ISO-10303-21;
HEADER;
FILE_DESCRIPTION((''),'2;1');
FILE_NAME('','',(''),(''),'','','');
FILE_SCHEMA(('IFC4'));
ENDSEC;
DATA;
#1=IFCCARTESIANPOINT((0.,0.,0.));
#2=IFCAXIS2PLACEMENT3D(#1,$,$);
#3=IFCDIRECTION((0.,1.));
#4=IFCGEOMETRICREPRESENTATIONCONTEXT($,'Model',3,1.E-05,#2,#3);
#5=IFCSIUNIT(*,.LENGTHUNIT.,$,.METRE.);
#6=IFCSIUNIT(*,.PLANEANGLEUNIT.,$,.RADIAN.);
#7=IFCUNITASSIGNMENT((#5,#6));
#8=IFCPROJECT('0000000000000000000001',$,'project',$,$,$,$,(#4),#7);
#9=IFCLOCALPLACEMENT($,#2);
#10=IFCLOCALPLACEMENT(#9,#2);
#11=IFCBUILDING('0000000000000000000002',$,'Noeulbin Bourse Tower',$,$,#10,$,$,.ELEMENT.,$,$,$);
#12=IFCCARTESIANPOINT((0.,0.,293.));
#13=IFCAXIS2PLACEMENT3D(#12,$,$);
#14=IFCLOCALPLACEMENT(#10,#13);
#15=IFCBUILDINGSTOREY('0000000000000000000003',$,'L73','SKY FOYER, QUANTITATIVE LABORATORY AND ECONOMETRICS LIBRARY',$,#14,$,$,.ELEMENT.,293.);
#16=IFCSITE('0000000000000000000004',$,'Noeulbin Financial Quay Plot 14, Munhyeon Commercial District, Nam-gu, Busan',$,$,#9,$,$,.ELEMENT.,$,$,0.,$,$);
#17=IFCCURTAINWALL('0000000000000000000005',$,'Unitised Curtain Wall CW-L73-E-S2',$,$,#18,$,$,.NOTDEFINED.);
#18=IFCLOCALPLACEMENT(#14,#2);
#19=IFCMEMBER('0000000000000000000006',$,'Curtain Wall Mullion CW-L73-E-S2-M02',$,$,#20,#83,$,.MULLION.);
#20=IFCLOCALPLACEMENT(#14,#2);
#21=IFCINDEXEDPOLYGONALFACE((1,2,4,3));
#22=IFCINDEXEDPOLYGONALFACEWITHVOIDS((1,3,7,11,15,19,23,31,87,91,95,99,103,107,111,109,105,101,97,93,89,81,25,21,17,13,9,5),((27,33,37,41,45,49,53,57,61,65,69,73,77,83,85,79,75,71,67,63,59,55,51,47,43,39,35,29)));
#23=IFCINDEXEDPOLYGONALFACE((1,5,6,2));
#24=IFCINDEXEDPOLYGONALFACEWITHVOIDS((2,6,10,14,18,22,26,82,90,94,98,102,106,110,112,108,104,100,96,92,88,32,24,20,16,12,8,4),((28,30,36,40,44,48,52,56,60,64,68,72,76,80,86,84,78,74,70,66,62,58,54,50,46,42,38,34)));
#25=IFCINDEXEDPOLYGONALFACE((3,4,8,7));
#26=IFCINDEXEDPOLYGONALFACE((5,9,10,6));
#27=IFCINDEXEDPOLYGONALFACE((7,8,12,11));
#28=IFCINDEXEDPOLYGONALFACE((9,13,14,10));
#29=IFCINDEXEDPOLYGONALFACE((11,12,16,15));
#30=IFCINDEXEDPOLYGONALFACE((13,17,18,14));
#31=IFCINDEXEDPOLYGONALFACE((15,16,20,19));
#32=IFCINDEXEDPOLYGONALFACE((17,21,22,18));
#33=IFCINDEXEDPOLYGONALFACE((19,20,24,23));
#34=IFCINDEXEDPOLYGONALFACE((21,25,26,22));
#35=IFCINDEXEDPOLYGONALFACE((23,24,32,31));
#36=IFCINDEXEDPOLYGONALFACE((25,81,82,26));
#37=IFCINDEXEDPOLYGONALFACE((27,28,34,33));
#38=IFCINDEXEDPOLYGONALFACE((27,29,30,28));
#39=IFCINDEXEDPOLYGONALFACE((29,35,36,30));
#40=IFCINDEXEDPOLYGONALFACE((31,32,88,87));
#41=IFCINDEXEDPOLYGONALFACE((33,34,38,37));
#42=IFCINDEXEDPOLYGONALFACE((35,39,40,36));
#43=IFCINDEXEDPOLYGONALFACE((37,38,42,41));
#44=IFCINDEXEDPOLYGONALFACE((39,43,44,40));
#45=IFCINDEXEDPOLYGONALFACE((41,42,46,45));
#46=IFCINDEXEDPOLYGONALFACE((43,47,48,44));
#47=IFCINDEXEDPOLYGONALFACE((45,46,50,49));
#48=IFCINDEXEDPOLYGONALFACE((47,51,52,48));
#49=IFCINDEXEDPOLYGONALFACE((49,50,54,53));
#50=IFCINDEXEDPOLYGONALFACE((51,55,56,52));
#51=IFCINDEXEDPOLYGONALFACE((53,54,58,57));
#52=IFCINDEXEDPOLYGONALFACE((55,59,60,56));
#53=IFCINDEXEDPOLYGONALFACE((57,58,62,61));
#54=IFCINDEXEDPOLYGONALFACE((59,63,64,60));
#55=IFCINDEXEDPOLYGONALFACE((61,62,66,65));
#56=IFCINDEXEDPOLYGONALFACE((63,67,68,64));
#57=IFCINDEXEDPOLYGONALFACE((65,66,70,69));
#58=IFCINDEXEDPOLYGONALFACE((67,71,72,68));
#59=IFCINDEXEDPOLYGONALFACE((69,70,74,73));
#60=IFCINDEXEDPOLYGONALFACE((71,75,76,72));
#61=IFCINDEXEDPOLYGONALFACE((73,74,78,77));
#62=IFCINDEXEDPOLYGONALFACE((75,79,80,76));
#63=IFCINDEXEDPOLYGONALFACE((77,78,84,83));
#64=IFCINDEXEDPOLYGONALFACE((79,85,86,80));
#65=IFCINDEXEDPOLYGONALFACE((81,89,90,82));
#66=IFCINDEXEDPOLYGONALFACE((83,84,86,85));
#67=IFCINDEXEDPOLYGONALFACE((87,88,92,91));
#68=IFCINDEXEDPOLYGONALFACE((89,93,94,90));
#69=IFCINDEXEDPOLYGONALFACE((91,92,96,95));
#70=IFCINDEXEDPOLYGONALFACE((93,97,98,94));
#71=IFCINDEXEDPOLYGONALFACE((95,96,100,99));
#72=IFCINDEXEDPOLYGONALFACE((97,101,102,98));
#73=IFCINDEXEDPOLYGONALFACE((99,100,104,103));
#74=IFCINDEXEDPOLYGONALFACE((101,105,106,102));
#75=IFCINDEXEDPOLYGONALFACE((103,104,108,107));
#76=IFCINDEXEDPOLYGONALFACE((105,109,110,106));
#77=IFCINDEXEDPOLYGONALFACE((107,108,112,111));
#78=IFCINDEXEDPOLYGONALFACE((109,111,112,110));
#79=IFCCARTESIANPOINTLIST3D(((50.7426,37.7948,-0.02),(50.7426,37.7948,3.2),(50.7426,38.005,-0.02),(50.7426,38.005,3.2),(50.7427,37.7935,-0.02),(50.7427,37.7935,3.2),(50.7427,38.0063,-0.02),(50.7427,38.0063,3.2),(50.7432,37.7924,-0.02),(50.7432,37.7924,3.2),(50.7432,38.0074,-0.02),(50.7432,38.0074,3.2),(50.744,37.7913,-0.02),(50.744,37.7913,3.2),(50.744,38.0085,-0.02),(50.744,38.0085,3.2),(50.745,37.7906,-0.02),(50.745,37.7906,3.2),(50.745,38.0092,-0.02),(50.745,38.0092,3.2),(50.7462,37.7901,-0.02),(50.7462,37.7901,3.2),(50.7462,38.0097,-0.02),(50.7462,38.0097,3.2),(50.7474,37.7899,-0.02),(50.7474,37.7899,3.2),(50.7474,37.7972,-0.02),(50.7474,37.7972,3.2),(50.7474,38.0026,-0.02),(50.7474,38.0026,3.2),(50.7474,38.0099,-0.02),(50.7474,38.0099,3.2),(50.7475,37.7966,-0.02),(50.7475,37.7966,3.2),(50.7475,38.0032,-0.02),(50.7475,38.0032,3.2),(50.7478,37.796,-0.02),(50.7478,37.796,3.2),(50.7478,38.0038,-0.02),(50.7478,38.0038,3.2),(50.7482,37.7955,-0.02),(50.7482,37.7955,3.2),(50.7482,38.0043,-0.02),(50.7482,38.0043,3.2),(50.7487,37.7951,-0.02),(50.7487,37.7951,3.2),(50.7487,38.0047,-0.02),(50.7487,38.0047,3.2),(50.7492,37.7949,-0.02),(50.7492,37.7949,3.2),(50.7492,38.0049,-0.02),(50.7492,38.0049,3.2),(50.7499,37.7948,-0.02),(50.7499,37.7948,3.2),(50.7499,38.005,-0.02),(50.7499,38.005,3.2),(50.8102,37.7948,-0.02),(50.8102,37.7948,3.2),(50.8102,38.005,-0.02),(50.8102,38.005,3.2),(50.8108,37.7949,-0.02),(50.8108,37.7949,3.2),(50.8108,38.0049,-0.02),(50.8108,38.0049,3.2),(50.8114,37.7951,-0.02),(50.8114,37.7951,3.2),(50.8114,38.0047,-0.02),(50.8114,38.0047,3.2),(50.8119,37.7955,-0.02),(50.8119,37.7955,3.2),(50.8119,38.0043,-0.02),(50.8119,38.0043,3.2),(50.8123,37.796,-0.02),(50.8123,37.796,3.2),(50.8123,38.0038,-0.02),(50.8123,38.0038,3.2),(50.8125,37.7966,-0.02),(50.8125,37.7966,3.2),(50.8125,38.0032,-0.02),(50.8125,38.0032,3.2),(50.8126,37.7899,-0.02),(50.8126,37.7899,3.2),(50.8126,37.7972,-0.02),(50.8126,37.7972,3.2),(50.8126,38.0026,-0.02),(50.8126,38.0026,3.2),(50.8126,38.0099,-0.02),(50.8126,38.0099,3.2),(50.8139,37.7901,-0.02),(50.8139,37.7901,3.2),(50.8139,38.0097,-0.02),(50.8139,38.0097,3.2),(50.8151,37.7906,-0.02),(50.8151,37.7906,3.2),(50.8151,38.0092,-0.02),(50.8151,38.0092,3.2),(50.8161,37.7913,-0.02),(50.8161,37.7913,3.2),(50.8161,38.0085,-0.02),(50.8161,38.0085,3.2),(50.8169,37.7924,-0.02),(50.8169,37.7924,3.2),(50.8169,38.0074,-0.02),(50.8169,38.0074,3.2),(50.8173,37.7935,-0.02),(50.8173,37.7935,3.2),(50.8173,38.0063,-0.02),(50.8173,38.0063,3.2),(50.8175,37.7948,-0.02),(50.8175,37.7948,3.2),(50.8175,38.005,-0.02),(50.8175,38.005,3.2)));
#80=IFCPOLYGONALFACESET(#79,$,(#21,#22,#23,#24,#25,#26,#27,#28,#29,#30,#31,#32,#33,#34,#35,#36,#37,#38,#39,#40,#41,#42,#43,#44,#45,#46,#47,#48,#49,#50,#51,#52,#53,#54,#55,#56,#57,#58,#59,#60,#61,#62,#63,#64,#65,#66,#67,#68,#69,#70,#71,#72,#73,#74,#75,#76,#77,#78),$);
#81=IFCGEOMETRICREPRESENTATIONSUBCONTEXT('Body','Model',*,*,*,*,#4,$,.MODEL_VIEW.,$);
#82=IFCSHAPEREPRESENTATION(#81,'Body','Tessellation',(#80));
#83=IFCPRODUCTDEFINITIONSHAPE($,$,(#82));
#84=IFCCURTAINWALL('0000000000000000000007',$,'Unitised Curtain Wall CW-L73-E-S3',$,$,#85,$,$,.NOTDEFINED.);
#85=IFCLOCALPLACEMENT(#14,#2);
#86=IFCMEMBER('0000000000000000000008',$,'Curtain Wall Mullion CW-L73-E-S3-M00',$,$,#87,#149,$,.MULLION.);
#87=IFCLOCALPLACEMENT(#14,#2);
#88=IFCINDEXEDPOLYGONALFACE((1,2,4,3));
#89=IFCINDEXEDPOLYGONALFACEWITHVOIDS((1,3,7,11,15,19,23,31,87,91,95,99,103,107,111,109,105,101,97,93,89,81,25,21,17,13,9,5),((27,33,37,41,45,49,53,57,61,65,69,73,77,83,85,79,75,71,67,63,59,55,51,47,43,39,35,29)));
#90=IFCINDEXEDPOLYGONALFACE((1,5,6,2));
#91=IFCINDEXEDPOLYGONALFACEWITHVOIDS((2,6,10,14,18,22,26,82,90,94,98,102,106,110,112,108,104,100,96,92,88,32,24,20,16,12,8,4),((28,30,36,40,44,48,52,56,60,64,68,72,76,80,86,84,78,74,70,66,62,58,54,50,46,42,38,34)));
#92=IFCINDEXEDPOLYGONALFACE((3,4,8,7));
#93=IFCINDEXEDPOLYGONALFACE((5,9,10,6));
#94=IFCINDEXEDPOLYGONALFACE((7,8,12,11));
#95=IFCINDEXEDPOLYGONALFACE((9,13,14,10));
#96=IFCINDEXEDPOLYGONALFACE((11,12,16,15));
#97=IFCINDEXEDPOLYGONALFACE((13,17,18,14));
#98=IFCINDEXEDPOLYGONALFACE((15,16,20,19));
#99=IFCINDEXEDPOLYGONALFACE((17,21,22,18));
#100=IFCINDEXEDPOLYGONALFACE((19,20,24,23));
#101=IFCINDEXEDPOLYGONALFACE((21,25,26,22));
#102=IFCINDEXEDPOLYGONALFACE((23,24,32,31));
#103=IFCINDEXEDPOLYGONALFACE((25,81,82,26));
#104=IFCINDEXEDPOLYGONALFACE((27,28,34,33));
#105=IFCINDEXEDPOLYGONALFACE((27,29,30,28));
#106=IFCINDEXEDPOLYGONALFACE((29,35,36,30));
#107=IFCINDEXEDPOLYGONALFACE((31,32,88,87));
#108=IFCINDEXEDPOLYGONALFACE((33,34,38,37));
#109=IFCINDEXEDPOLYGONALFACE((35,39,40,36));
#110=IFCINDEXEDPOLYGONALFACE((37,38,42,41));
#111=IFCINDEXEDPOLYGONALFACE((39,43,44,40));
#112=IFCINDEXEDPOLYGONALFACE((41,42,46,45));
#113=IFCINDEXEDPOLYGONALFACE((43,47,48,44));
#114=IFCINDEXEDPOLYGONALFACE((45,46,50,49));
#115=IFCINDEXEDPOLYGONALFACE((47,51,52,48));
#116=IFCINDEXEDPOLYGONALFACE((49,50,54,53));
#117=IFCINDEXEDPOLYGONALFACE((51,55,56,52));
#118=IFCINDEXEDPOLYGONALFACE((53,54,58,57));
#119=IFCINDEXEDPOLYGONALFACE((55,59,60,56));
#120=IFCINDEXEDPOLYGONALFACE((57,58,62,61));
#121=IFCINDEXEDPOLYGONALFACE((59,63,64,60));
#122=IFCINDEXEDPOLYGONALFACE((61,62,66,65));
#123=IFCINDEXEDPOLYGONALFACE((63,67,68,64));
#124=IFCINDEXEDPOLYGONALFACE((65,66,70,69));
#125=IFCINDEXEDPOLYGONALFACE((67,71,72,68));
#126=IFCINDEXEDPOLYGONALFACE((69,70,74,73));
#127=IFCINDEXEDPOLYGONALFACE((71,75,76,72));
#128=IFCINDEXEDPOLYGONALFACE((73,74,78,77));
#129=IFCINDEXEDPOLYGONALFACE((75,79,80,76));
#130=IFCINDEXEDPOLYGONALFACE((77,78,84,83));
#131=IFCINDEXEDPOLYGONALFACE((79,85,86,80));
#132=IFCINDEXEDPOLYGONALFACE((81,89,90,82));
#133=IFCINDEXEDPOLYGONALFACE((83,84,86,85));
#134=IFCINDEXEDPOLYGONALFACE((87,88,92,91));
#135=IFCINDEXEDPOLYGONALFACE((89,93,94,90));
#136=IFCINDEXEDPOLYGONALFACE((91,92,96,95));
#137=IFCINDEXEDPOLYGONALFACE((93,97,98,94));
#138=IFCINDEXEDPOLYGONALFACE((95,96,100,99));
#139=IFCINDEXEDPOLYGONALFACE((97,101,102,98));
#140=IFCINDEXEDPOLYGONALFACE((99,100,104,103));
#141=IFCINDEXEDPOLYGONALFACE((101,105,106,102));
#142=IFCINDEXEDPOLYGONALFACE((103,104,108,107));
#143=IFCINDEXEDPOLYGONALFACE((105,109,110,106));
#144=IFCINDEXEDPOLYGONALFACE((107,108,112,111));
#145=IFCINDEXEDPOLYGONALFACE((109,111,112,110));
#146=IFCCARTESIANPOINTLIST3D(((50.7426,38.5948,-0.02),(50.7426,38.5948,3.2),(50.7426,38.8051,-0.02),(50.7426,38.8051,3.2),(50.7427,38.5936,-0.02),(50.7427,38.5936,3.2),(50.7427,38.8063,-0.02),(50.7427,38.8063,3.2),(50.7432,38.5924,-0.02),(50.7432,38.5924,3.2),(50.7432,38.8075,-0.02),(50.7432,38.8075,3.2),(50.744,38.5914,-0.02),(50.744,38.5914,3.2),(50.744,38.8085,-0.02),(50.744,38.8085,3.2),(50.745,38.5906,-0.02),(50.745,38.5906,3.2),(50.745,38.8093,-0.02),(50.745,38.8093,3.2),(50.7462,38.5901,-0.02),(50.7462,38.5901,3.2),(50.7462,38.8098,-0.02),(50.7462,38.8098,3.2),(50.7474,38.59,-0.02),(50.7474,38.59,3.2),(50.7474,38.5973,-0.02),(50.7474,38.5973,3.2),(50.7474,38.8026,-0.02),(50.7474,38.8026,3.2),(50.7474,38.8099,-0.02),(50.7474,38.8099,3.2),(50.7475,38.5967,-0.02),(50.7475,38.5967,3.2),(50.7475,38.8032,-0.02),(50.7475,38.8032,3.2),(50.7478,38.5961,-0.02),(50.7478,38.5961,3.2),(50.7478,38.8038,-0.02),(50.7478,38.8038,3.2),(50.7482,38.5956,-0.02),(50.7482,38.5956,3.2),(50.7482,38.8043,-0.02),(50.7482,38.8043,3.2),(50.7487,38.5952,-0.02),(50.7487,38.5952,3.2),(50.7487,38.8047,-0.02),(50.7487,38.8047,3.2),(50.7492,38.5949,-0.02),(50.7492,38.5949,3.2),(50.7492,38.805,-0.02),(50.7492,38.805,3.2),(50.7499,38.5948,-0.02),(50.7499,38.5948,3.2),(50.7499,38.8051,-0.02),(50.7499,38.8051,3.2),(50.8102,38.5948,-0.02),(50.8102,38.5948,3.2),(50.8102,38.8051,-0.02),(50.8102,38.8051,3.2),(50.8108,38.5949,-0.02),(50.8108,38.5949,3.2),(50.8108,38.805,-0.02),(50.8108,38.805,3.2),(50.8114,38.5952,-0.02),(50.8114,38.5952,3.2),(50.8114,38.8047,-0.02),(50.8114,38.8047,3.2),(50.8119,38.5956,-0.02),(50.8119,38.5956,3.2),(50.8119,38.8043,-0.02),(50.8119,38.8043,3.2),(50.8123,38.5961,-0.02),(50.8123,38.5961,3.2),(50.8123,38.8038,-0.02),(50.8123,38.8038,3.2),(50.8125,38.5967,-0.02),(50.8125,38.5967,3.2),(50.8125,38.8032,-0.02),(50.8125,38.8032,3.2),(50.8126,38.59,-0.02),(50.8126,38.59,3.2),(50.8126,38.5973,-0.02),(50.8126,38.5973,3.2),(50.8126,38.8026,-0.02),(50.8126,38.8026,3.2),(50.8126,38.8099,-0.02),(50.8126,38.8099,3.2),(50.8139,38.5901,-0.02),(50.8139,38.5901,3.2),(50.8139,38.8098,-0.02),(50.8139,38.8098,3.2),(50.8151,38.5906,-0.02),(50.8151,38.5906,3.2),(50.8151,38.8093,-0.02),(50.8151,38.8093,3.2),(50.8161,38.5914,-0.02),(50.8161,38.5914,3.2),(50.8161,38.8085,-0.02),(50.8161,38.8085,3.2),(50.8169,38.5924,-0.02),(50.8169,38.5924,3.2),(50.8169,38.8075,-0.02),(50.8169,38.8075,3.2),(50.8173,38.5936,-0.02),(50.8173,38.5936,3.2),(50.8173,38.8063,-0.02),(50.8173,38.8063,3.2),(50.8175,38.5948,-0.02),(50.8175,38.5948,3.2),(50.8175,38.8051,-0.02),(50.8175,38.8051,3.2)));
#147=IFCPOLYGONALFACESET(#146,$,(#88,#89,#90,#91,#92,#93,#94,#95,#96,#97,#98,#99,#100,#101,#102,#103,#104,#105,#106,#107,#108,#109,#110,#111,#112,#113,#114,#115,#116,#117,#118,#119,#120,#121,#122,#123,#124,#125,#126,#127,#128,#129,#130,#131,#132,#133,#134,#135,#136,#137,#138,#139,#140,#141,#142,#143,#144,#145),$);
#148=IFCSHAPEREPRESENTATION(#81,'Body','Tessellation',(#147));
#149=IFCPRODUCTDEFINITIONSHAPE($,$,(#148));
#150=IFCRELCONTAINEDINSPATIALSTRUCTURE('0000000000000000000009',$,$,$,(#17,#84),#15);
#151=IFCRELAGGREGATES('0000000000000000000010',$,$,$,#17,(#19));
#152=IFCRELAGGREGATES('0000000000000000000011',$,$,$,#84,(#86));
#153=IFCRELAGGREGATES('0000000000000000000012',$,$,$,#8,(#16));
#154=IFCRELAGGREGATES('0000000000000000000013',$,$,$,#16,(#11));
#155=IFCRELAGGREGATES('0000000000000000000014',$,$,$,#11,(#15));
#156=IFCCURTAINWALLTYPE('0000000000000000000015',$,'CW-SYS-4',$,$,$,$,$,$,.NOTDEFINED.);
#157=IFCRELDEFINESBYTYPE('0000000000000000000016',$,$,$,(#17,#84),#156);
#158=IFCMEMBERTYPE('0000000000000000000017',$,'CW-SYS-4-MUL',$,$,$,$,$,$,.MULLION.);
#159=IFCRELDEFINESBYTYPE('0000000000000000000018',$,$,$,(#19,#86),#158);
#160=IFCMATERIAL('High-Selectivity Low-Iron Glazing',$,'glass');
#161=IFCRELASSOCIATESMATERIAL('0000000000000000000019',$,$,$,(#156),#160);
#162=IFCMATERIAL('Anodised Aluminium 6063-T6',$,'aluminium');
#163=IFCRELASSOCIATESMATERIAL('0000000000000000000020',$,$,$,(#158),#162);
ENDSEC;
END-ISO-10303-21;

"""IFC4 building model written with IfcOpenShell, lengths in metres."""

from ifc_helpers import new_model, si_unit, direction, frame, origin, origin_2d, place, context, subcontext, project, spatial, hollow_rectangle, extrude, material, material_profile, profile_set, type_object, element, aggregate, save


model = new_model("IFC4")

# Units and contexts
model_context = context("Model", 3, precision=1e-05, world=origin(), true_north=direction((0.0, 1.0)))
body_context = subcontext(model_context, "Body", "Model", "MODEL_VIEW")
ifc_project = project(units=[si_unit("LENGTHUNIT", "METRE"), si_unit("PLANEANGLEUNIT", "RADIAN")], contexts=[model_context])

# Site, building, storey
site_placement = place(None, origin())
site = spatial("IfcSite", under=ifc_project, at=site_placement, Name="Noeulbin Financial Quay Plot 14, Munhyeon Commercial District, Nam-gu, Busan", CompositionType="ELEMENT", RefElevation=0.0)
building_placement = place(site_placement, origin())
building = spatial("IfcBuilding", under=site, at=building_placement, Name="Noeulbin Bourse Tower", CompositionType="ELEMENT")
storey_placement = place(building_placement, frame((0.0, 0.0, 293.0)))
storey = spatial("IfcBuildingStorey", under=building, at=storey_placement, Name="L73", Description="SKY FOYER, QUANTITATIVE LABORATORY AND ECONOMETRICS LIBRARY", CompositionType="ELEMENT", Elevation=293.0)

# Shared definitions
ifc_material_1 = material(Name="High-Selectivity Low-Iron Glazing", Category="glass")
curtain_wall_type = type_object("IfcCurtainWallType", Name="CW-SYS-4", PredefinedType="NOTDEFINED", material=ifc_material_1)
ifc_material_2 = material(Name="Anodised Aluminium 6063-T6", Category="aluminium")
ifc_material_profile_1 = material_profile(ifc_material_2, hollow_rectangle(XDim=0.075, YDim=0.22, WallThickness=0.0049, InnerFilletRadius=0.0024, OuterFilletRadius=0.0049, at=origin_2d()), Name="ALU-MULL-75x220x5", Category="LoadBearing")
ifc_profile_set_1 = profile_set([ifc_material_profile_1], Name="Anodised Aluminium 6063-T6")
member_type_1 = type_object("IfcMemberType", Name="CW-SYS-4-MUL", PredefinedType="MULLION", material=ifc_profile_set_1)

# Curtain walls, members
curtain_wall_1_placement = place(storey_placement, origin())
curtain_wall_1 = element("IfcCurtainWall", 1, at=curtain_wall_1_placement, inside=storey, type_object=curtain_wall_type, Name="Unitised Curtain Wall CW-L73-E-S2", PredefinedType="NOTDEFINED")
member_1_placement = place(storey_placement, frame((50.78, 37.8999, -0.02), z_axis=(0.0, 0.0, 1.0), x_axis=(1.0, 0.0, 0.0)))
member_1 = element("IfcMember", 2, at=member_1_placement, type_object=member_type_1, Name="Curtain Wall Mullion CW-L73-E-S2-M02", PredefinedType="MULLION", context=body_context, shape_type="SweptSolid", body=[
    extrude(hollow_rectangle(XDim=0.075, YDim=0.22, WallThickness=0.0049, InnerFilletRadius=0.0024, OuterFilletRadius=0.0049, at=origin_2d()), origin(), (0.0, 0.0, 1.0), 3.22),
])
curtain_wall_2_placement = place(storey_placement, origin())
curtain_wall_2 = element("IfcCurtainWall", 3, at=curtain_wall_2_placement, inside=storey, type_object=curtain_wall_type, Name="Unitised Curtain Wall CW-L73-E-S3", PredefinedType="NOTDEFINED")
member_2_placement = place(storey_placement, frame((50.78, 38.7, -0.02), z_axis=(0.0, 0.0, 1.0), x_axis=(1.0, 0.0, 0.0)))
member_2 = element("IfcMember", 4, at=member_2_placement, type_object=member_type_1, Name="Curtain Wall Mullion CW-L73-E-S3-M00", PredefinedType="MULLION", context=body_context, shape_type="SweptSolid", body=[
    extrude(hollow_rectangle(XDim=0.075, YDim=0.22, WallThickness=0.0049, InnerFilletRadius=0.0024, OuterFilletRadius=0.0049, at=origin_2d()), origin(), (0.0, 0.0, 1.0), 3.22),
])

aggregate(curtain_wall_1, [member_1])
aggregate(curtain_wall_2, [member_2])

save(model, "model.ifc")
